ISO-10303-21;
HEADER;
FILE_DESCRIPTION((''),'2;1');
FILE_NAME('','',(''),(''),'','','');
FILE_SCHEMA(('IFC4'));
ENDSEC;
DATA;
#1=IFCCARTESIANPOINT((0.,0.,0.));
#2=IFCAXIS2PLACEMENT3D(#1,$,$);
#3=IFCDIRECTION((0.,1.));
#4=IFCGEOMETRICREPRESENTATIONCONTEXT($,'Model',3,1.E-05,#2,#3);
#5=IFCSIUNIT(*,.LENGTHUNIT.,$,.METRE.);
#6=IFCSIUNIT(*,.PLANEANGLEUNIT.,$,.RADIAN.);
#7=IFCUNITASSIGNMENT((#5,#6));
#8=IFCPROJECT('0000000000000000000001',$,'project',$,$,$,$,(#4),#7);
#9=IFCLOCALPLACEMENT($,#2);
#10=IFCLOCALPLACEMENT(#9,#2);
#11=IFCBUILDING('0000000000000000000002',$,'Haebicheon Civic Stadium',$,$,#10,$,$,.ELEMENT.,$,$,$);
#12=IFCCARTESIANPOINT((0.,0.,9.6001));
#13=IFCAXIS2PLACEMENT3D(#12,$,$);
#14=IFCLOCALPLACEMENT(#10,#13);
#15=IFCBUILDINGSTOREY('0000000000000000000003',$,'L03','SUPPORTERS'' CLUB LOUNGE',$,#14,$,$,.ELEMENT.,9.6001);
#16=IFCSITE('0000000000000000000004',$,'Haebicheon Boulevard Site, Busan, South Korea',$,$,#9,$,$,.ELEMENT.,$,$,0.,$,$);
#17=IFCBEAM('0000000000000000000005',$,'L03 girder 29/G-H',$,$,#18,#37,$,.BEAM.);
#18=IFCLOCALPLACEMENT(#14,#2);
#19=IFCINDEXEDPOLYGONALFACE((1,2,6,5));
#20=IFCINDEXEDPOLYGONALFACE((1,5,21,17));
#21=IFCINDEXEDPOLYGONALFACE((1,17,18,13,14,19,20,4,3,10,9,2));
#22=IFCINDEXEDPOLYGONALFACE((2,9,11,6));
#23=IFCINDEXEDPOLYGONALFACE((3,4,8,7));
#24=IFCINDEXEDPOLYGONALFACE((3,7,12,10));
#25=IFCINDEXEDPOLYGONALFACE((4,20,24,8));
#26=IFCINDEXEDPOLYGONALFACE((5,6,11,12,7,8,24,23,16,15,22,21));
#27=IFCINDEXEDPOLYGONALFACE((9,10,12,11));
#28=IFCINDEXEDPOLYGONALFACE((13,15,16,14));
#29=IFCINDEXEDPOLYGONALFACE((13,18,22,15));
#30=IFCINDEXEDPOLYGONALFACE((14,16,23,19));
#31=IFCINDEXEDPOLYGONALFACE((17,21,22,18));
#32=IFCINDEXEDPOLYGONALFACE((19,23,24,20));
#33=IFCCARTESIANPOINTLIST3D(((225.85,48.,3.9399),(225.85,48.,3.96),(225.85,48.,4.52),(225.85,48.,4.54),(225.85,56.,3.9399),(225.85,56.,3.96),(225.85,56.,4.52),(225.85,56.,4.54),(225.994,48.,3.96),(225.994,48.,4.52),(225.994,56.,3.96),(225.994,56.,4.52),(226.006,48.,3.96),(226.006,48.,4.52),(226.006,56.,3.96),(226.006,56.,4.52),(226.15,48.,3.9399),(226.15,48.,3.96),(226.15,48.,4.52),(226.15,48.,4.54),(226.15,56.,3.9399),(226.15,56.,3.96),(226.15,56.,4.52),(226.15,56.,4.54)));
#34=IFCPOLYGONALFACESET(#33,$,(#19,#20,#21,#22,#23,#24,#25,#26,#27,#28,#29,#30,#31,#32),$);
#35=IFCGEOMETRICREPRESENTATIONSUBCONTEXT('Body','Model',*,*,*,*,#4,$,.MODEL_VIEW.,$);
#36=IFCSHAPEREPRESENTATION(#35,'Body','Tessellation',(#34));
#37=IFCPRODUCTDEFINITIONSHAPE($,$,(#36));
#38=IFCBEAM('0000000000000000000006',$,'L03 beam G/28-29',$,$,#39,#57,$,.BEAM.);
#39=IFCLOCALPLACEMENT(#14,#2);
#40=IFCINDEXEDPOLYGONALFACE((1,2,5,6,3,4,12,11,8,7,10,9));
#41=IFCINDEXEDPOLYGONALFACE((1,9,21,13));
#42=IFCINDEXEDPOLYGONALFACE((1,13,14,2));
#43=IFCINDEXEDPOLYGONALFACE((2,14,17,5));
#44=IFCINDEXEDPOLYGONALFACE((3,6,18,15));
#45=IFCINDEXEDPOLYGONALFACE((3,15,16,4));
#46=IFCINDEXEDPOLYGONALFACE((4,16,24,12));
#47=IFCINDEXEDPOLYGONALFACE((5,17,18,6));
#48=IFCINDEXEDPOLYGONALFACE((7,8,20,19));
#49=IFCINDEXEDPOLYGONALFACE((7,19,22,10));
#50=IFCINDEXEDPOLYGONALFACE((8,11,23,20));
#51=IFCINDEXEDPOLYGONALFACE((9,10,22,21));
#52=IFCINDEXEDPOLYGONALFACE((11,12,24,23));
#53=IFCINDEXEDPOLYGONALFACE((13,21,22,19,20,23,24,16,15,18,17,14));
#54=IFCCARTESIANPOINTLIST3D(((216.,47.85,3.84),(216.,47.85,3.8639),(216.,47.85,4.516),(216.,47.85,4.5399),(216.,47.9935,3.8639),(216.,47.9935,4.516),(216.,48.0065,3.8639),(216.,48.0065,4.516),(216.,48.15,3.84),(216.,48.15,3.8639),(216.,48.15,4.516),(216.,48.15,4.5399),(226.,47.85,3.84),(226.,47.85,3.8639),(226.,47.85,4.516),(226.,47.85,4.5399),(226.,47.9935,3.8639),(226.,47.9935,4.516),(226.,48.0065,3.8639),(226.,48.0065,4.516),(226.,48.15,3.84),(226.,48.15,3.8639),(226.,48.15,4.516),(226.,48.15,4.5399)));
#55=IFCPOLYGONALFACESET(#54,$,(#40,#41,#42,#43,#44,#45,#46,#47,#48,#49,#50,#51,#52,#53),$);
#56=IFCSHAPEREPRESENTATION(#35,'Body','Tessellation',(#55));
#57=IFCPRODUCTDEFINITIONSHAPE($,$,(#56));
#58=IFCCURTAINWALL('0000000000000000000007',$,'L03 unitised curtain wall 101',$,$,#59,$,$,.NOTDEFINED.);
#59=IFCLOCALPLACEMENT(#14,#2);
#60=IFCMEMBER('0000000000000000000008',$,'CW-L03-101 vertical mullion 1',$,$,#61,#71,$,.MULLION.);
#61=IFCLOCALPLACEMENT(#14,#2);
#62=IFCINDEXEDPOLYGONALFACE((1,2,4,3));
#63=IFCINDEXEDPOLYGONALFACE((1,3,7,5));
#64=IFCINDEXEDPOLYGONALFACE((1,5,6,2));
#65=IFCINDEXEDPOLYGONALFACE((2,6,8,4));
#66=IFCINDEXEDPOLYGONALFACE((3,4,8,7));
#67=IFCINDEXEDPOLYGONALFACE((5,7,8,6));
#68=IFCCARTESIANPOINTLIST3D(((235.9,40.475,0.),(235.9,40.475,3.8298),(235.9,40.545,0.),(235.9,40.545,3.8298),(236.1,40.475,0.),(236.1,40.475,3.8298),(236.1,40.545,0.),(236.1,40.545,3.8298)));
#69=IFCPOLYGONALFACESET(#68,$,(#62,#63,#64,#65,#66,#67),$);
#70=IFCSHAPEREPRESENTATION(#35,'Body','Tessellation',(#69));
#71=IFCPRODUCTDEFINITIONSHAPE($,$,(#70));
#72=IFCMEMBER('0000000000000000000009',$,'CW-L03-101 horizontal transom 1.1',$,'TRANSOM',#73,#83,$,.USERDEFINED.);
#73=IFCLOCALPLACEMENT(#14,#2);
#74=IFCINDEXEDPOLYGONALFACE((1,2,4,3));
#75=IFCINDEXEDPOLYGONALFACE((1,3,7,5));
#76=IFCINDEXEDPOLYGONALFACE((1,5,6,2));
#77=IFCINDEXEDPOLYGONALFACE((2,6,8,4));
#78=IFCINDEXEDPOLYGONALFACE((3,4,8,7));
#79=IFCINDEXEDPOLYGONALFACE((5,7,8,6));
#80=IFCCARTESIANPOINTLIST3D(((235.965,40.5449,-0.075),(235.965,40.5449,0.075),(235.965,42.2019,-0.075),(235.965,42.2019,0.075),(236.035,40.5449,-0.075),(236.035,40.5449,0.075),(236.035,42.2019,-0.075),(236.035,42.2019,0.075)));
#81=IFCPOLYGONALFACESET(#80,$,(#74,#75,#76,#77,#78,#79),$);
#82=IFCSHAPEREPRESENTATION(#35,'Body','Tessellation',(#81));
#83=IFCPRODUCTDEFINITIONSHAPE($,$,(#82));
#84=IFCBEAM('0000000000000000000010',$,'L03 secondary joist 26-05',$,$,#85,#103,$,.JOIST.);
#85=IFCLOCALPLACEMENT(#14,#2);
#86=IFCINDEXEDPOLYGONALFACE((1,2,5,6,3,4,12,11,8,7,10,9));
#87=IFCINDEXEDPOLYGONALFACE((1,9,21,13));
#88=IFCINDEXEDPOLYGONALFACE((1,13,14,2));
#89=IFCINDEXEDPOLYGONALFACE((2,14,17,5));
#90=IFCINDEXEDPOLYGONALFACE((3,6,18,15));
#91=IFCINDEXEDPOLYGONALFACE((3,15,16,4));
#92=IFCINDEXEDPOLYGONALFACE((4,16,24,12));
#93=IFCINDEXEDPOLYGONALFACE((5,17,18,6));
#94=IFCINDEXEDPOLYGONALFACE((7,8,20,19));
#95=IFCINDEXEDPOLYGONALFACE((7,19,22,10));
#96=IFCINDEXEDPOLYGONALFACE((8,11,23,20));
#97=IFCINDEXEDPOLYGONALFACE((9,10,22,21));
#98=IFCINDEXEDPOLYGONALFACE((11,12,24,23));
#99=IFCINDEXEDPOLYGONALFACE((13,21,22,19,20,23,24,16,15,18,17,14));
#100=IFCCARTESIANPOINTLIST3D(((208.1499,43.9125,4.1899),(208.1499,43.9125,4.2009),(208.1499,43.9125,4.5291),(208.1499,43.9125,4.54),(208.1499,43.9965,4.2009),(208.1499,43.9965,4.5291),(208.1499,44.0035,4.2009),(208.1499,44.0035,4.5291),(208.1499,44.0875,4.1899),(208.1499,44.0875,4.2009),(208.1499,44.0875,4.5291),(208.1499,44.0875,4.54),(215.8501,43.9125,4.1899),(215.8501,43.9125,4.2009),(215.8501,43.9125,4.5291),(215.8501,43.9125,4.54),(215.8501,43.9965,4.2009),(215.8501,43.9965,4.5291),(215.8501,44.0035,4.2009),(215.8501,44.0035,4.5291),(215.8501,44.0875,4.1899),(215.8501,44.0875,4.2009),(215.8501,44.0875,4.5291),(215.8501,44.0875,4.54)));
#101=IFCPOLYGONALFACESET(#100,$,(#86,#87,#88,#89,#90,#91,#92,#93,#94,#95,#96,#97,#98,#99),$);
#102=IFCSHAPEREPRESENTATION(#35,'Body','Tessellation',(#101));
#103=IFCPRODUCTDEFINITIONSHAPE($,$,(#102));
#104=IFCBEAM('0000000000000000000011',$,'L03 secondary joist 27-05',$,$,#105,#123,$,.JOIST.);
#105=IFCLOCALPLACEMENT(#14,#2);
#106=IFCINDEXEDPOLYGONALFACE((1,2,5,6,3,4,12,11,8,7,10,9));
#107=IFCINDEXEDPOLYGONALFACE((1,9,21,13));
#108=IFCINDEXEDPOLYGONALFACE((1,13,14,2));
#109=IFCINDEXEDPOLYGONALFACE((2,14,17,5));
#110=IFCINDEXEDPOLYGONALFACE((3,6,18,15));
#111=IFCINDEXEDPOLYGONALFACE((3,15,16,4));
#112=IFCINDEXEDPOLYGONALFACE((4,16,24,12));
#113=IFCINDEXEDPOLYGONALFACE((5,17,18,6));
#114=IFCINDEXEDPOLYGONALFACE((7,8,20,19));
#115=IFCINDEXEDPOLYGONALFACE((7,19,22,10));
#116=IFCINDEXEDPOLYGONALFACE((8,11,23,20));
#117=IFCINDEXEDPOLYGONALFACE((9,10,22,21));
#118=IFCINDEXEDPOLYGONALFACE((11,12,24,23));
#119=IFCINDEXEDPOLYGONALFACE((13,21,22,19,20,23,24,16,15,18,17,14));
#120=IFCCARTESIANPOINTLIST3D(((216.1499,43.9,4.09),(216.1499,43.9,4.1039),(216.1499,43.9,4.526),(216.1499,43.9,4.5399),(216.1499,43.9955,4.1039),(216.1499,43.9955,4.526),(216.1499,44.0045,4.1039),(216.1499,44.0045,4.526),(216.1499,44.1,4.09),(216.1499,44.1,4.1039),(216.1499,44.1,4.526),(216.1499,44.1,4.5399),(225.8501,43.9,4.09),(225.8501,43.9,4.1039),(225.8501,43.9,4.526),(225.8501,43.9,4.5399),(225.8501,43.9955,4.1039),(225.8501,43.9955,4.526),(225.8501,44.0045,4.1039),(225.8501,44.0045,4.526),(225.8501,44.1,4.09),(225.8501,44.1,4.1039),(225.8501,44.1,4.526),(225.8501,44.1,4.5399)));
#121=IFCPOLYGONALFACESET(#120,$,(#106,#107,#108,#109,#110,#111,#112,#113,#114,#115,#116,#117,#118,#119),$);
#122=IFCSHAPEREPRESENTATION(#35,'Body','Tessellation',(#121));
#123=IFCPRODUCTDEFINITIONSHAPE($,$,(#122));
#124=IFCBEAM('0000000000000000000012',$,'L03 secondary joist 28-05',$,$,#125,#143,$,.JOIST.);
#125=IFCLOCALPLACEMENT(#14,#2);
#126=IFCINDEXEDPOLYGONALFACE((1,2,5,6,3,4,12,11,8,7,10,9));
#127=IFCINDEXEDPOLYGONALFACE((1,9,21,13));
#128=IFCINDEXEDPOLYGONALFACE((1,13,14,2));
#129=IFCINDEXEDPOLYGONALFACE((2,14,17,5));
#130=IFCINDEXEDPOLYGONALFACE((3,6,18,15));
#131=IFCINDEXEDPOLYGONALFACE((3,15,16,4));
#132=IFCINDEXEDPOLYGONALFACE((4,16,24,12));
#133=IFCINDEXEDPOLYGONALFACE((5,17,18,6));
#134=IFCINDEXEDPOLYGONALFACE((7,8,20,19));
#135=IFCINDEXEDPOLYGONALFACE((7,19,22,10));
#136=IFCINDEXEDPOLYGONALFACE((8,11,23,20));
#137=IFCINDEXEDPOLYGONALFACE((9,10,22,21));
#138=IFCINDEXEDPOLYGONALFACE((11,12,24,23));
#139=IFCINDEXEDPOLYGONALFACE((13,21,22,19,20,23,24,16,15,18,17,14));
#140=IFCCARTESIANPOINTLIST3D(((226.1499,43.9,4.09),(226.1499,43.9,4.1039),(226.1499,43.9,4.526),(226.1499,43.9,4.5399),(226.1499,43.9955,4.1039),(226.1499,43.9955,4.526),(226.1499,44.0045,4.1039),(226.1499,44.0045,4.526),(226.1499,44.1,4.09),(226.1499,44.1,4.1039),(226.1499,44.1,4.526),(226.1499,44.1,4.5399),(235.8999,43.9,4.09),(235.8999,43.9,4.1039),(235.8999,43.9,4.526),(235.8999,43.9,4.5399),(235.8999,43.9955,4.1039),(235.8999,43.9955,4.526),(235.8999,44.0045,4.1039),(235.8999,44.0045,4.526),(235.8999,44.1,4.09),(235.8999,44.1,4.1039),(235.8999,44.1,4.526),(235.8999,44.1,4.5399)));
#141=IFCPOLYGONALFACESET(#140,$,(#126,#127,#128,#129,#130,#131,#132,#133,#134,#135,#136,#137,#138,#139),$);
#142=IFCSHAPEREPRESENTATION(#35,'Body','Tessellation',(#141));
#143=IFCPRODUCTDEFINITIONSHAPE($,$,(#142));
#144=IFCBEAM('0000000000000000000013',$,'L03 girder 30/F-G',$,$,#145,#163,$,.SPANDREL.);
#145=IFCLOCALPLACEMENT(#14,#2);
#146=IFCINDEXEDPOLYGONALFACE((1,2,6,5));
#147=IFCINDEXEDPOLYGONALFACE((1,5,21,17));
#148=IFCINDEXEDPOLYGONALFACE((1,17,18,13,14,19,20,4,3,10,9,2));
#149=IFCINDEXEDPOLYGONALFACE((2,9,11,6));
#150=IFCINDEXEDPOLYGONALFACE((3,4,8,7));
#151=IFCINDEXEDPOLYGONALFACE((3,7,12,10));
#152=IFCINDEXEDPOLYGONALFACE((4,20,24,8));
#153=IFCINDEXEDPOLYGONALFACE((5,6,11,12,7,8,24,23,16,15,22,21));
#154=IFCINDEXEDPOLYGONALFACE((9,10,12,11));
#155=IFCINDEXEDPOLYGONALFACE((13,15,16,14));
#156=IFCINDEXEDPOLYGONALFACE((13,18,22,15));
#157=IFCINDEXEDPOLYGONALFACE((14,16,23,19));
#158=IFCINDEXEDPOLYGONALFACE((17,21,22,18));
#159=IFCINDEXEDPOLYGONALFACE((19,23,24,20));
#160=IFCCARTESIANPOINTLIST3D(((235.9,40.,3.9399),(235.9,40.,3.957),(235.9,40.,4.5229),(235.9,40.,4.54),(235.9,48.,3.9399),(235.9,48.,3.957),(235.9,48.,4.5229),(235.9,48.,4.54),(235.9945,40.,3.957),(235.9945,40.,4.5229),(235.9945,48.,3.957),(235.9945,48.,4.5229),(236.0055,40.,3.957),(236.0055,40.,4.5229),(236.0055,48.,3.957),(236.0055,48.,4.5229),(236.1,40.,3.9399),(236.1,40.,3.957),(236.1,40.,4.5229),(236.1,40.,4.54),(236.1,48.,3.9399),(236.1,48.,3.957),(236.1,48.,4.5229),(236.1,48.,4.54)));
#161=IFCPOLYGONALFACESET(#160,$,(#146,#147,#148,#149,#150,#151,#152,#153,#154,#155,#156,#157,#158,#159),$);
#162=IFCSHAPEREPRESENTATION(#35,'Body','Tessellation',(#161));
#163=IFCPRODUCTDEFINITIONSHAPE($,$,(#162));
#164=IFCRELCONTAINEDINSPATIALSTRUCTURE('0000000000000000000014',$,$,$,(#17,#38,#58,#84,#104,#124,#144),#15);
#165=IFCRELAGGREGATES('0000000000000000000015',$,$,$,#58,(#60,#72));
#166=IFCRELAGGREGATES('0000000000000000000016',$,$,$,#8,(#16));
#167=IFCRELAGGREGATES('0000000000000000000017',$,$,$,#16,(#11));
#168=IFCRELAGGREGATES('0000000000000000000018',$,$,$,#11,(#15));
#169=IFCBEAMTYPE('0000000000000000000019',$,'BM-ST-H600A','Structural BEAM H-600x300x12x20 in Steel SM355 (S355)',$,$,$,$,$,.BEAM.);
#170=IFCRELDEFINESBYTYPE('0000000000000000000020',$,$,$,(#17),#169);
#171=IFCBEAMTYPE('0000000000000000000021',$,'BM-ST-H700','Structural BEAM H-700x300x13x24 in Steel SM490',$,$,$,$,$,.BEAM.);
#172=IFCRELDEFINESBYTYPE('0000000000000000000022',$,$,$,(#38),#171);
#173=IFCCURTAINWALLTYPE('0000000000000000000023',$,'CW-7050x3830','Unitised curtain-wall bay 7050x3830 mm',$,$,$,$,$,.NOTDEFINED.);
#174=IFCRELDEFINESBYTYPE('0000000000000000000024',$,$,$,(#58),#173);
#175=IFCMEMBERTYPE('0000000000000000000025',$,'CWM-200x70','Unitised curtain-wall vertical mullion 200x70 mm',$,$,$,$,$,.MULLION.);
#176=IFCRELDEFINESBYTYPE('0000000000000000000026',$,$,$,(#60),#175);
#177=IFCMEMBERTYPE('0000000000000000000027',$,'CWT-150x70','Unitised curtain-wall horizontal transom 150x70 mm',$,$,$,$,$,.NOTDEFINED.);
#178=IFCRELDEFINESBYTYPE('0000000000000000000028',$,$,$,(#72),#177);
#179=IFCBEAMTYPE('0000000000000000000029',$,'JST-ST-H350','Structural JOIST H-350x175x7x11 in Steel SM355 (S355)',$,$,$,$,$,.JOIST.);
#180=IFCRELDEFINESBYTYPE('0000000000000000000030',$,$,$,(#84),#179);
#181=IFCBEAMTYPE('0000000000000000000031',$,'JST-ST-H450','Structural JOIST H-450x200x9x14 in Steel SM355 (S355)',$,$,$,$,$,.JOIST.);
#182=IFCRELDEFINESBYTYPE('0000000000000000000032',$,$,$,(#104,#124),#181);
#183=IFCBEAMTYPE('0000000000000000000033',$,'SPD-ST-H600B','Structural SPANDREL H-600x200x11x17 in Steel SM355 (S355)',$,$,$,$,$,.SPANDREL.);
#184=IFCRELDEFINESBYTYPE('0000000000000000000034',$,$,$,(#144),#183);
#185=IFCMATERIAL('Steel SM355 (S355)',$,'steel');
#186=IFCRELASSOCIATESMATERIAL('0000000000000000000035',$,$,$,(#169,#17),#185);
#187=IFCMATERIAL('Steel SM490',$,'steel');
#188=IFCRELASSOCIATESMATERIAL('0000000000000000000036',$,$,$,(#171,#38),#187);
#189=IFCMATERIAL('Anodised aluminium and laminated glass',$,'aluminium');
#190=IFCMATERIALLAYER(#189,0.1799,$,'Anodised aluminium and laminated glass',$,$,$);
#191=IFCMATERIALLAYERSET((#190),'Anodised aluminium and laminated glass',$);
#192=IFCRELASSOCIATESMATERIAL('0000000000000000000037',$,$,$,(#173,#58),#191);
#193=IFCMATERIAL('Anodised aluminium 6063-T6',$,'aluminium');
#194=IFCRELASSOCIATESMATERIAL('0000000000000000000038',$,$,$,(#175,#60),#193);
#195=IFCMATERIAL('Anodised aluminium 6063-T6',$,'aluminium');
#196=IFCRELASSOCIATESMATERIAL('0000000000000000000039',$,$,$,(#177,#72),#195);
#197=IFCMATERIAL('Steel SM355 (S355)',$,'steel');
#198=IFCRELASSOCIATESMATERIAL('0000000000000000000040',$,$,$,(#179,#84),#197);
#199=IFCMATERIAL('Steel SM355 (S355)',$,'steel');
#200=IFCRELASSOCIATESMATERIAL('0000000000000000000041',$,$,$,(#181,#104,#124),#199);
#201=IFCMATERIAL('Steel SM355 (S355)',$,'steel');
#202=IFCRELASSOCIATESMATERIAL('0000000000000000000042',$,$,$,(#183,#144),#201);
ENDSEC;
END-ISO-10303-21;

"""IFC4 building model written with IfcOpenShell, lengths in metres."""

from ifc_helpers import new_model, si_unit, direction, frame, origin, origin_2d, place, context, subcontext, project, spatial, rectangle, i_section, extrude, material, layer, layer_set, material_profile, profile_set, type_object, element, aggregate, save


model = new_model("IFC4")

# Units and contexts
model_context = context("Model", 3, precision=1e-05, world=origin(), true_north=direction((0.0, 1.0)))
body_context = subcontext(model_context, "Body", "Model", "MODEL_VIEW")
ifc_project = project(units=[si_unit("LENGTHUNIT", "METRE"), si_unit("PLANEANGLEUNIT", "RADIAN")], contexts=[model_context])

# Site, building, storey
site_placement = place(None, origin())
site = spatial("IfcSite", under=ifc_project, at=site_placement, Name="Haebicheon Boulevard Site, Busan, South Korea", CompositionType="ELEMENT", RefElevation=0.0)
building_placement = place(site_placement, origin())
building = spatial("IfcBuilding", under=site, at=building_placement, Name="Haebicheon Civic Stadium", CompositionType="ELEMENT")
storey_placement = place(building_placement, frame((0.0, 0.0, 9.6001)))
storey = spatial("IfcBuildingStorey", under=building, at=storey_placement, Name="L03", Description="SUPPORTERS' CLUB LOUNGE", CompositionType="ELEMENT", Elevation=9.6001)

# Beams
ifc_material_1 = material(Name="Steel SM355 (S355)", Category="steel")
ifc_material_profile_1 = material_profile(ifc_material_1, i_section(OverallWidth=0.3, OverallDepth=0.6001, WebThickness=0.012, FlangeThickness=0.02, at=origin_2d()), Name="H-600x300x12x20")
ifc_profile_set_1 = profile_set([ifc_material_profile_1], Name="Steel SM355 (S355)")
beam_type_1 = type_object("IfcBeamType", Name="BM-ST-H600A", Description="Structural BEAM H-600x300x12x20 in Steel SM355 (S355)", PredefinedType="BEAM", material=ifc_profile_set_1)
for number, where, z_axis, x_axis, name in (
    (1, (226.0, 48.0, 4.24), (0.0, 1.0, 0.0), (-1.0, 0.0, 0.0), "L03 girder 29/G-H"),
):
    element("IfcBeam", number, at=place(storey_placement, frame(where, z_axis=z_axis, x_axis=x_axis)), inside=storey, type_object=beam_type_1, material=ifc_profile_set_1, Name=name, PredefinedType="BEAM", context=body_context, shape_type="SweptSolid", body=[
        extrude(i_section(OverallWidth=0.3, OverallDepth=0.6001, WebThickness=0.012, FlangeThickness=0.02, at=origin_2d()), origin(), (0.0, 0.0, 1.0), 8.0),
    ])
ifc_material_2 = material(Name="Steel SM490", Category="steel")
ifc_material_profile_2 = material_profile(ifc_material_2, i_section(OverallWidth=0.3, OverallDepth=0.7, WebThickness=0.0129, FlangeThickness=0.0239, at=origin_2d()), Name="H-700x300x13x24")
ifc_profile_set_2 = profile_set([ifc_material_profile_2], Name="Steel SM490")
beam_type_2 = type_object("IfcBeamType", Name="BM-ST-H700", Description="Structural BEAM H-700x300x13x24 in Steel SM490", PredefinedType="BEAM", material=ifc_profile_set_2)
beam_1_placement = place(storey_placement, frame((216.0, 48.0, 4.1899), z_axis=(1.0, 0.0, 0.0), x_axis=(0.0, 1.0, 0.0)))
element("IfcBeam", 2, at=beam_1_placement, inside=storey, type_object=beam_type_2, material=ifc_profile_set_2, Name="L03 beam G/28-29", PredefinedType="BEAM", context=body_context, shape_type="SweptSolid", body=[
    extrude(i_section(OverallWidth=0.3, OverallDepth=0.7, WebThickness=0.0129, FlangeThickness=0.0239, at=origin_2d()), origin(), (0.0, 0.0, 1.0), 10.0),
])

# Curtain wall, members
ifc_material_3 = material(Name="Anodised aluminium and laminated glass", Category="aluminium")
ifc_layer_1 = layer(ifc_material_3, 0.1799, Name="Anodised aluminium and laminated glass")
ifc_layer_set_1 = layer_set([ifc_layer_1], Name="Anodised aluminium and laminated glass")
curtain_wall_type = type_object("IfcCurtainWallType", Name="CW-7050x3830", Description="Unitised curtain-wall bay 7050x3830 mm", PredefinedType="NOTDEFINED", material=ifc_layer_set_1)
curtain_wall_placement = place(storey_placement, origin())
curtain_wall = element("IfcCurtainWall", 3, at=curtain_wall_placement, inside=storey, type_object=curtain_wall_type, material=ifc_layer_set_1, Name="L03 unitised curtain wall 101", PredefinedType="NOTDEFINED")
ifc_material_4 = material(Name="Anodised aluminium 6063-T6", Category="aluminium")
ifc_material_profile_3 = material_profile(ifc_material_4, rectangle(XDim=0.0701, YDim=0.2, at=origin_2d()), Name="ALU-MULL-70x200")
ifc_profile_set_3 = profile_set([ifc_material_profile_3], Name="Anodised aluminium 6063-T6")
member_type_1 = type_object("IfcMemberType", Name="CWM-200x70", Description="Unitised curtain-wall vertical mullion 200x70 mm", PredefinedType="MULLION", material=ifc_profile_set_3)
member_1_placement = place(storey_placement, frame((236.0, 40.51, 0.0), z_axis=(0.0, 0.0, 1.0), x_axis=(0.0, 1.0, 0.0)))
member_1 = element("IfcMember", 4, at=member_1_placement, type_object=member_type_1, material=ifc_profile_set_3, Name="CW-L03-101 vertical mullion 1", PredefinedType="MULLION", context=body_context, shape_type="SweptSolid", body=[
    extrude(rectangle(XDim=0.0701, YDim=0.2, at=origin_2d()), origin(), (0.0, 0.0, 1.0), 3.8298),
])
ifc_material_5 = material(Name="Anodised aluminium 6063-T6", Category="aluminium")
ifc_material_profile_4 = material_profile(ifc_material_5, rectangle(XDim=0.0701, YDim=0.1499, at=origin_2d()), Name="ALU-TRAN-70x150")
ifc_profile_set_4 = profile_set([ifc_material_profile_4], Name="Anodised aluminium 6063-T6")
member_type_2 = type_object("IfcMemberType", Name="CWT-150x70", Description="Unitised curtain-wall horizontal transom 150x70 mm", PredefinedType="NOTDEFINED", material=ifc_profile_set_4)
member_2_placement = place(storey_placement, frame((236.0, 40.5449, 0.0), z_axis=(0.0, 1.0, 0.0), x_axis=(-1.0, 0.0, 0.0)))
member_2 = element("IfcMember", 5, at=member_2_placement, type_object=member_type_2, material=ifc_profile_set_4, Name="CW-L03-101 horizontal transom 1.1", ObjectType="TRANSOM", PredefinedType="USERDEFINED", context=body_context, shape_type="SweptSolid", body=[
    extrude(rectangle(XDim=0.0701, YDim=0.1499, at=origin_2d()), origin(), (0.0, 0.0, 1.0), 1.657),
])
aggregate(curtain_wall, [member_1, member_2])

# Beams
ifc_material_6 = material(Name="Steel SM355 (S355)", Category="steel")
ifc_material_profile_5 = material_profile(ifc_material_6, i_section(OverallWidth=0.175, OverallDepth=0.3501, WebThickness=0.0071, FlangeThickness=0.011, at=origin_2d()), Name="H-350x175x7x11")
ifc_profile_set_5 = profile_set([ifc_material_profile_5], Name="Steel SM355 (S355)")
beam_type_3 = type_object("IfcBeamType", Name="JST-ST-H350", Description="Structural JOIST H-350x175x7x11 in Steel SM355 (S355)", PredefinedType="JOIST", material=ifc_profile_set_5)
beam_2_placement = place(storey_placement, frame((208.1499, 44.0, 4.365), z_axis=(1.0, 0.0, 0.0), x_axis=(0.0, 1.0, 0.0)))
element("IfcBeam", 6, at=beam_2_placement, inside=storey, type_object=beam_type_3, material=ifc_profile_set_5, Name="L03 secondary joist 26-05", PredefinedType="JOIST", context=body_context, shape_type="SweptSolid", body=[
    extrude(i_section(OverallWidth=0.175, OverallDepth=0.3501, WebThickness=0.0071, FlangeThickness=0.011, at=origin_2d()), origin(), (0.0, 0.0, 1.0), 7.7002),
])
ifc_material_7 = material(Name="Steel SM355 (S355)", Category="steel")
ifc_material_profile_6 = material_profile(ifc_material_7, i_section(OverallWidth=0.2, OverallDepth=0.45, WebThickness=0.009, FlangeThickness=0.0139, at=origin_2d()), Name="H-450x200x9x14")
ifc_profile_set_6 = profile_set([ifc_material_profile_6], Name="Steel SM355 (S355)")
beam_type_4 = type_object("IfcBeamType", Name="JST-ST-H450", Description="Structural JOIST H-450x200x9x14 in Steel SM355 (S355)", PredefinedType="JOIST", material=ifc_profile_set_6)
beam_3_placement = place(storey_placement, frame((216.1499, 44.0, 4.3149), z_axis=(1.0, 0.0, 0.0), x_axis=(0.0, 1.0, 0.0)))
element("IfcBeam", 7, at=beam_3_placement, inside=storey, type_object=beam_type_4, material=ifc_profile_set_6, Name="L03 secondary joist 27-05", PredefinedType="JOIST", context=body_context, shape_type="SweptSolid", body=[
    extrude(i_section(OverallWidth=0.2, OverallDepth=0.45, WebThickness=0.009, FlangeThickness=0.0139, at=origin_2d()), origin(), (0.0, 0.0, 1.0), 9.7002),
])
beam_4_placement = place(storey_placement, frame((226.1499, 44.0, 4.3149), z_axis=(1.0, 0.0, 0.0), x_axis=(0.0, 1.0, 0.0)))
element("IfcBeam", 8, at=beam_4_placement, inside=storey, type_object=beam_type_4, material=ifc_profile_set_6, Name="L03 secondary joist 28-05", PredefinedType="JOIST", context=body_context, shape_type="SweptSolid", body=[
    extrude(i_section(OverallWidth=0.2, OverallDepth=0.45, WebThickness=0.009, FlangeThickness=0.0139, at=origin_2d()), origin(), (0.0, 0.0, 1.0), 9.75),
])
ifc_material_8 = material(Name="Steel SM355 (S355)", Category="steel")
ifc_material_profile_7 = material_profile(ifc_material_8, i_section(OverallWidth=0.2, OverallDepth=0.6001, WebThickness=0.011, FlangeThickness=0.0171, at=origin_2d()), Name="H-600x200x11x17")
ifc_profile_set_7 = profile_set([ifc_material_profile_7], Name="Steel SM355 (S355)")
beam_type_5 = type_object("IfcBeamType", Name="SPD-ST-H600B", Description="Structural SPANDREL H-600x200x11x17 in Steel SM355 (S355)", PredefinedType="SPANDREL", material=ifc_profile_set_7)
for number, where, z_axis, x_axis, name in (
    (9, (236.0, 40.0, 4.24), (0.0, 1.0, 0.0), (-1.0, 0.0, 0.0), "L03 girder 30/F-G"),
):
    element("IfcBeam", number, at=place(storey_placement, frame(where, z_axis=z_axis, x_axis=x_axis)), inside=storey, type_object=beam_type_5, material=ifc_profile_set_7, Name=name, PredefinedType="SPANDREL", context=body_context, shape_type="SweptSolid", body=[
        extrude(i_section(OverallWidth=0.2, OverallDepth=0.6001, WebThickness=0.011, FlangeThickness=0.0171, at=origin_2d()), origin(), (0.0, 0.0, 1.0), 8.0),
    ])

save(model, "model.ifc")
